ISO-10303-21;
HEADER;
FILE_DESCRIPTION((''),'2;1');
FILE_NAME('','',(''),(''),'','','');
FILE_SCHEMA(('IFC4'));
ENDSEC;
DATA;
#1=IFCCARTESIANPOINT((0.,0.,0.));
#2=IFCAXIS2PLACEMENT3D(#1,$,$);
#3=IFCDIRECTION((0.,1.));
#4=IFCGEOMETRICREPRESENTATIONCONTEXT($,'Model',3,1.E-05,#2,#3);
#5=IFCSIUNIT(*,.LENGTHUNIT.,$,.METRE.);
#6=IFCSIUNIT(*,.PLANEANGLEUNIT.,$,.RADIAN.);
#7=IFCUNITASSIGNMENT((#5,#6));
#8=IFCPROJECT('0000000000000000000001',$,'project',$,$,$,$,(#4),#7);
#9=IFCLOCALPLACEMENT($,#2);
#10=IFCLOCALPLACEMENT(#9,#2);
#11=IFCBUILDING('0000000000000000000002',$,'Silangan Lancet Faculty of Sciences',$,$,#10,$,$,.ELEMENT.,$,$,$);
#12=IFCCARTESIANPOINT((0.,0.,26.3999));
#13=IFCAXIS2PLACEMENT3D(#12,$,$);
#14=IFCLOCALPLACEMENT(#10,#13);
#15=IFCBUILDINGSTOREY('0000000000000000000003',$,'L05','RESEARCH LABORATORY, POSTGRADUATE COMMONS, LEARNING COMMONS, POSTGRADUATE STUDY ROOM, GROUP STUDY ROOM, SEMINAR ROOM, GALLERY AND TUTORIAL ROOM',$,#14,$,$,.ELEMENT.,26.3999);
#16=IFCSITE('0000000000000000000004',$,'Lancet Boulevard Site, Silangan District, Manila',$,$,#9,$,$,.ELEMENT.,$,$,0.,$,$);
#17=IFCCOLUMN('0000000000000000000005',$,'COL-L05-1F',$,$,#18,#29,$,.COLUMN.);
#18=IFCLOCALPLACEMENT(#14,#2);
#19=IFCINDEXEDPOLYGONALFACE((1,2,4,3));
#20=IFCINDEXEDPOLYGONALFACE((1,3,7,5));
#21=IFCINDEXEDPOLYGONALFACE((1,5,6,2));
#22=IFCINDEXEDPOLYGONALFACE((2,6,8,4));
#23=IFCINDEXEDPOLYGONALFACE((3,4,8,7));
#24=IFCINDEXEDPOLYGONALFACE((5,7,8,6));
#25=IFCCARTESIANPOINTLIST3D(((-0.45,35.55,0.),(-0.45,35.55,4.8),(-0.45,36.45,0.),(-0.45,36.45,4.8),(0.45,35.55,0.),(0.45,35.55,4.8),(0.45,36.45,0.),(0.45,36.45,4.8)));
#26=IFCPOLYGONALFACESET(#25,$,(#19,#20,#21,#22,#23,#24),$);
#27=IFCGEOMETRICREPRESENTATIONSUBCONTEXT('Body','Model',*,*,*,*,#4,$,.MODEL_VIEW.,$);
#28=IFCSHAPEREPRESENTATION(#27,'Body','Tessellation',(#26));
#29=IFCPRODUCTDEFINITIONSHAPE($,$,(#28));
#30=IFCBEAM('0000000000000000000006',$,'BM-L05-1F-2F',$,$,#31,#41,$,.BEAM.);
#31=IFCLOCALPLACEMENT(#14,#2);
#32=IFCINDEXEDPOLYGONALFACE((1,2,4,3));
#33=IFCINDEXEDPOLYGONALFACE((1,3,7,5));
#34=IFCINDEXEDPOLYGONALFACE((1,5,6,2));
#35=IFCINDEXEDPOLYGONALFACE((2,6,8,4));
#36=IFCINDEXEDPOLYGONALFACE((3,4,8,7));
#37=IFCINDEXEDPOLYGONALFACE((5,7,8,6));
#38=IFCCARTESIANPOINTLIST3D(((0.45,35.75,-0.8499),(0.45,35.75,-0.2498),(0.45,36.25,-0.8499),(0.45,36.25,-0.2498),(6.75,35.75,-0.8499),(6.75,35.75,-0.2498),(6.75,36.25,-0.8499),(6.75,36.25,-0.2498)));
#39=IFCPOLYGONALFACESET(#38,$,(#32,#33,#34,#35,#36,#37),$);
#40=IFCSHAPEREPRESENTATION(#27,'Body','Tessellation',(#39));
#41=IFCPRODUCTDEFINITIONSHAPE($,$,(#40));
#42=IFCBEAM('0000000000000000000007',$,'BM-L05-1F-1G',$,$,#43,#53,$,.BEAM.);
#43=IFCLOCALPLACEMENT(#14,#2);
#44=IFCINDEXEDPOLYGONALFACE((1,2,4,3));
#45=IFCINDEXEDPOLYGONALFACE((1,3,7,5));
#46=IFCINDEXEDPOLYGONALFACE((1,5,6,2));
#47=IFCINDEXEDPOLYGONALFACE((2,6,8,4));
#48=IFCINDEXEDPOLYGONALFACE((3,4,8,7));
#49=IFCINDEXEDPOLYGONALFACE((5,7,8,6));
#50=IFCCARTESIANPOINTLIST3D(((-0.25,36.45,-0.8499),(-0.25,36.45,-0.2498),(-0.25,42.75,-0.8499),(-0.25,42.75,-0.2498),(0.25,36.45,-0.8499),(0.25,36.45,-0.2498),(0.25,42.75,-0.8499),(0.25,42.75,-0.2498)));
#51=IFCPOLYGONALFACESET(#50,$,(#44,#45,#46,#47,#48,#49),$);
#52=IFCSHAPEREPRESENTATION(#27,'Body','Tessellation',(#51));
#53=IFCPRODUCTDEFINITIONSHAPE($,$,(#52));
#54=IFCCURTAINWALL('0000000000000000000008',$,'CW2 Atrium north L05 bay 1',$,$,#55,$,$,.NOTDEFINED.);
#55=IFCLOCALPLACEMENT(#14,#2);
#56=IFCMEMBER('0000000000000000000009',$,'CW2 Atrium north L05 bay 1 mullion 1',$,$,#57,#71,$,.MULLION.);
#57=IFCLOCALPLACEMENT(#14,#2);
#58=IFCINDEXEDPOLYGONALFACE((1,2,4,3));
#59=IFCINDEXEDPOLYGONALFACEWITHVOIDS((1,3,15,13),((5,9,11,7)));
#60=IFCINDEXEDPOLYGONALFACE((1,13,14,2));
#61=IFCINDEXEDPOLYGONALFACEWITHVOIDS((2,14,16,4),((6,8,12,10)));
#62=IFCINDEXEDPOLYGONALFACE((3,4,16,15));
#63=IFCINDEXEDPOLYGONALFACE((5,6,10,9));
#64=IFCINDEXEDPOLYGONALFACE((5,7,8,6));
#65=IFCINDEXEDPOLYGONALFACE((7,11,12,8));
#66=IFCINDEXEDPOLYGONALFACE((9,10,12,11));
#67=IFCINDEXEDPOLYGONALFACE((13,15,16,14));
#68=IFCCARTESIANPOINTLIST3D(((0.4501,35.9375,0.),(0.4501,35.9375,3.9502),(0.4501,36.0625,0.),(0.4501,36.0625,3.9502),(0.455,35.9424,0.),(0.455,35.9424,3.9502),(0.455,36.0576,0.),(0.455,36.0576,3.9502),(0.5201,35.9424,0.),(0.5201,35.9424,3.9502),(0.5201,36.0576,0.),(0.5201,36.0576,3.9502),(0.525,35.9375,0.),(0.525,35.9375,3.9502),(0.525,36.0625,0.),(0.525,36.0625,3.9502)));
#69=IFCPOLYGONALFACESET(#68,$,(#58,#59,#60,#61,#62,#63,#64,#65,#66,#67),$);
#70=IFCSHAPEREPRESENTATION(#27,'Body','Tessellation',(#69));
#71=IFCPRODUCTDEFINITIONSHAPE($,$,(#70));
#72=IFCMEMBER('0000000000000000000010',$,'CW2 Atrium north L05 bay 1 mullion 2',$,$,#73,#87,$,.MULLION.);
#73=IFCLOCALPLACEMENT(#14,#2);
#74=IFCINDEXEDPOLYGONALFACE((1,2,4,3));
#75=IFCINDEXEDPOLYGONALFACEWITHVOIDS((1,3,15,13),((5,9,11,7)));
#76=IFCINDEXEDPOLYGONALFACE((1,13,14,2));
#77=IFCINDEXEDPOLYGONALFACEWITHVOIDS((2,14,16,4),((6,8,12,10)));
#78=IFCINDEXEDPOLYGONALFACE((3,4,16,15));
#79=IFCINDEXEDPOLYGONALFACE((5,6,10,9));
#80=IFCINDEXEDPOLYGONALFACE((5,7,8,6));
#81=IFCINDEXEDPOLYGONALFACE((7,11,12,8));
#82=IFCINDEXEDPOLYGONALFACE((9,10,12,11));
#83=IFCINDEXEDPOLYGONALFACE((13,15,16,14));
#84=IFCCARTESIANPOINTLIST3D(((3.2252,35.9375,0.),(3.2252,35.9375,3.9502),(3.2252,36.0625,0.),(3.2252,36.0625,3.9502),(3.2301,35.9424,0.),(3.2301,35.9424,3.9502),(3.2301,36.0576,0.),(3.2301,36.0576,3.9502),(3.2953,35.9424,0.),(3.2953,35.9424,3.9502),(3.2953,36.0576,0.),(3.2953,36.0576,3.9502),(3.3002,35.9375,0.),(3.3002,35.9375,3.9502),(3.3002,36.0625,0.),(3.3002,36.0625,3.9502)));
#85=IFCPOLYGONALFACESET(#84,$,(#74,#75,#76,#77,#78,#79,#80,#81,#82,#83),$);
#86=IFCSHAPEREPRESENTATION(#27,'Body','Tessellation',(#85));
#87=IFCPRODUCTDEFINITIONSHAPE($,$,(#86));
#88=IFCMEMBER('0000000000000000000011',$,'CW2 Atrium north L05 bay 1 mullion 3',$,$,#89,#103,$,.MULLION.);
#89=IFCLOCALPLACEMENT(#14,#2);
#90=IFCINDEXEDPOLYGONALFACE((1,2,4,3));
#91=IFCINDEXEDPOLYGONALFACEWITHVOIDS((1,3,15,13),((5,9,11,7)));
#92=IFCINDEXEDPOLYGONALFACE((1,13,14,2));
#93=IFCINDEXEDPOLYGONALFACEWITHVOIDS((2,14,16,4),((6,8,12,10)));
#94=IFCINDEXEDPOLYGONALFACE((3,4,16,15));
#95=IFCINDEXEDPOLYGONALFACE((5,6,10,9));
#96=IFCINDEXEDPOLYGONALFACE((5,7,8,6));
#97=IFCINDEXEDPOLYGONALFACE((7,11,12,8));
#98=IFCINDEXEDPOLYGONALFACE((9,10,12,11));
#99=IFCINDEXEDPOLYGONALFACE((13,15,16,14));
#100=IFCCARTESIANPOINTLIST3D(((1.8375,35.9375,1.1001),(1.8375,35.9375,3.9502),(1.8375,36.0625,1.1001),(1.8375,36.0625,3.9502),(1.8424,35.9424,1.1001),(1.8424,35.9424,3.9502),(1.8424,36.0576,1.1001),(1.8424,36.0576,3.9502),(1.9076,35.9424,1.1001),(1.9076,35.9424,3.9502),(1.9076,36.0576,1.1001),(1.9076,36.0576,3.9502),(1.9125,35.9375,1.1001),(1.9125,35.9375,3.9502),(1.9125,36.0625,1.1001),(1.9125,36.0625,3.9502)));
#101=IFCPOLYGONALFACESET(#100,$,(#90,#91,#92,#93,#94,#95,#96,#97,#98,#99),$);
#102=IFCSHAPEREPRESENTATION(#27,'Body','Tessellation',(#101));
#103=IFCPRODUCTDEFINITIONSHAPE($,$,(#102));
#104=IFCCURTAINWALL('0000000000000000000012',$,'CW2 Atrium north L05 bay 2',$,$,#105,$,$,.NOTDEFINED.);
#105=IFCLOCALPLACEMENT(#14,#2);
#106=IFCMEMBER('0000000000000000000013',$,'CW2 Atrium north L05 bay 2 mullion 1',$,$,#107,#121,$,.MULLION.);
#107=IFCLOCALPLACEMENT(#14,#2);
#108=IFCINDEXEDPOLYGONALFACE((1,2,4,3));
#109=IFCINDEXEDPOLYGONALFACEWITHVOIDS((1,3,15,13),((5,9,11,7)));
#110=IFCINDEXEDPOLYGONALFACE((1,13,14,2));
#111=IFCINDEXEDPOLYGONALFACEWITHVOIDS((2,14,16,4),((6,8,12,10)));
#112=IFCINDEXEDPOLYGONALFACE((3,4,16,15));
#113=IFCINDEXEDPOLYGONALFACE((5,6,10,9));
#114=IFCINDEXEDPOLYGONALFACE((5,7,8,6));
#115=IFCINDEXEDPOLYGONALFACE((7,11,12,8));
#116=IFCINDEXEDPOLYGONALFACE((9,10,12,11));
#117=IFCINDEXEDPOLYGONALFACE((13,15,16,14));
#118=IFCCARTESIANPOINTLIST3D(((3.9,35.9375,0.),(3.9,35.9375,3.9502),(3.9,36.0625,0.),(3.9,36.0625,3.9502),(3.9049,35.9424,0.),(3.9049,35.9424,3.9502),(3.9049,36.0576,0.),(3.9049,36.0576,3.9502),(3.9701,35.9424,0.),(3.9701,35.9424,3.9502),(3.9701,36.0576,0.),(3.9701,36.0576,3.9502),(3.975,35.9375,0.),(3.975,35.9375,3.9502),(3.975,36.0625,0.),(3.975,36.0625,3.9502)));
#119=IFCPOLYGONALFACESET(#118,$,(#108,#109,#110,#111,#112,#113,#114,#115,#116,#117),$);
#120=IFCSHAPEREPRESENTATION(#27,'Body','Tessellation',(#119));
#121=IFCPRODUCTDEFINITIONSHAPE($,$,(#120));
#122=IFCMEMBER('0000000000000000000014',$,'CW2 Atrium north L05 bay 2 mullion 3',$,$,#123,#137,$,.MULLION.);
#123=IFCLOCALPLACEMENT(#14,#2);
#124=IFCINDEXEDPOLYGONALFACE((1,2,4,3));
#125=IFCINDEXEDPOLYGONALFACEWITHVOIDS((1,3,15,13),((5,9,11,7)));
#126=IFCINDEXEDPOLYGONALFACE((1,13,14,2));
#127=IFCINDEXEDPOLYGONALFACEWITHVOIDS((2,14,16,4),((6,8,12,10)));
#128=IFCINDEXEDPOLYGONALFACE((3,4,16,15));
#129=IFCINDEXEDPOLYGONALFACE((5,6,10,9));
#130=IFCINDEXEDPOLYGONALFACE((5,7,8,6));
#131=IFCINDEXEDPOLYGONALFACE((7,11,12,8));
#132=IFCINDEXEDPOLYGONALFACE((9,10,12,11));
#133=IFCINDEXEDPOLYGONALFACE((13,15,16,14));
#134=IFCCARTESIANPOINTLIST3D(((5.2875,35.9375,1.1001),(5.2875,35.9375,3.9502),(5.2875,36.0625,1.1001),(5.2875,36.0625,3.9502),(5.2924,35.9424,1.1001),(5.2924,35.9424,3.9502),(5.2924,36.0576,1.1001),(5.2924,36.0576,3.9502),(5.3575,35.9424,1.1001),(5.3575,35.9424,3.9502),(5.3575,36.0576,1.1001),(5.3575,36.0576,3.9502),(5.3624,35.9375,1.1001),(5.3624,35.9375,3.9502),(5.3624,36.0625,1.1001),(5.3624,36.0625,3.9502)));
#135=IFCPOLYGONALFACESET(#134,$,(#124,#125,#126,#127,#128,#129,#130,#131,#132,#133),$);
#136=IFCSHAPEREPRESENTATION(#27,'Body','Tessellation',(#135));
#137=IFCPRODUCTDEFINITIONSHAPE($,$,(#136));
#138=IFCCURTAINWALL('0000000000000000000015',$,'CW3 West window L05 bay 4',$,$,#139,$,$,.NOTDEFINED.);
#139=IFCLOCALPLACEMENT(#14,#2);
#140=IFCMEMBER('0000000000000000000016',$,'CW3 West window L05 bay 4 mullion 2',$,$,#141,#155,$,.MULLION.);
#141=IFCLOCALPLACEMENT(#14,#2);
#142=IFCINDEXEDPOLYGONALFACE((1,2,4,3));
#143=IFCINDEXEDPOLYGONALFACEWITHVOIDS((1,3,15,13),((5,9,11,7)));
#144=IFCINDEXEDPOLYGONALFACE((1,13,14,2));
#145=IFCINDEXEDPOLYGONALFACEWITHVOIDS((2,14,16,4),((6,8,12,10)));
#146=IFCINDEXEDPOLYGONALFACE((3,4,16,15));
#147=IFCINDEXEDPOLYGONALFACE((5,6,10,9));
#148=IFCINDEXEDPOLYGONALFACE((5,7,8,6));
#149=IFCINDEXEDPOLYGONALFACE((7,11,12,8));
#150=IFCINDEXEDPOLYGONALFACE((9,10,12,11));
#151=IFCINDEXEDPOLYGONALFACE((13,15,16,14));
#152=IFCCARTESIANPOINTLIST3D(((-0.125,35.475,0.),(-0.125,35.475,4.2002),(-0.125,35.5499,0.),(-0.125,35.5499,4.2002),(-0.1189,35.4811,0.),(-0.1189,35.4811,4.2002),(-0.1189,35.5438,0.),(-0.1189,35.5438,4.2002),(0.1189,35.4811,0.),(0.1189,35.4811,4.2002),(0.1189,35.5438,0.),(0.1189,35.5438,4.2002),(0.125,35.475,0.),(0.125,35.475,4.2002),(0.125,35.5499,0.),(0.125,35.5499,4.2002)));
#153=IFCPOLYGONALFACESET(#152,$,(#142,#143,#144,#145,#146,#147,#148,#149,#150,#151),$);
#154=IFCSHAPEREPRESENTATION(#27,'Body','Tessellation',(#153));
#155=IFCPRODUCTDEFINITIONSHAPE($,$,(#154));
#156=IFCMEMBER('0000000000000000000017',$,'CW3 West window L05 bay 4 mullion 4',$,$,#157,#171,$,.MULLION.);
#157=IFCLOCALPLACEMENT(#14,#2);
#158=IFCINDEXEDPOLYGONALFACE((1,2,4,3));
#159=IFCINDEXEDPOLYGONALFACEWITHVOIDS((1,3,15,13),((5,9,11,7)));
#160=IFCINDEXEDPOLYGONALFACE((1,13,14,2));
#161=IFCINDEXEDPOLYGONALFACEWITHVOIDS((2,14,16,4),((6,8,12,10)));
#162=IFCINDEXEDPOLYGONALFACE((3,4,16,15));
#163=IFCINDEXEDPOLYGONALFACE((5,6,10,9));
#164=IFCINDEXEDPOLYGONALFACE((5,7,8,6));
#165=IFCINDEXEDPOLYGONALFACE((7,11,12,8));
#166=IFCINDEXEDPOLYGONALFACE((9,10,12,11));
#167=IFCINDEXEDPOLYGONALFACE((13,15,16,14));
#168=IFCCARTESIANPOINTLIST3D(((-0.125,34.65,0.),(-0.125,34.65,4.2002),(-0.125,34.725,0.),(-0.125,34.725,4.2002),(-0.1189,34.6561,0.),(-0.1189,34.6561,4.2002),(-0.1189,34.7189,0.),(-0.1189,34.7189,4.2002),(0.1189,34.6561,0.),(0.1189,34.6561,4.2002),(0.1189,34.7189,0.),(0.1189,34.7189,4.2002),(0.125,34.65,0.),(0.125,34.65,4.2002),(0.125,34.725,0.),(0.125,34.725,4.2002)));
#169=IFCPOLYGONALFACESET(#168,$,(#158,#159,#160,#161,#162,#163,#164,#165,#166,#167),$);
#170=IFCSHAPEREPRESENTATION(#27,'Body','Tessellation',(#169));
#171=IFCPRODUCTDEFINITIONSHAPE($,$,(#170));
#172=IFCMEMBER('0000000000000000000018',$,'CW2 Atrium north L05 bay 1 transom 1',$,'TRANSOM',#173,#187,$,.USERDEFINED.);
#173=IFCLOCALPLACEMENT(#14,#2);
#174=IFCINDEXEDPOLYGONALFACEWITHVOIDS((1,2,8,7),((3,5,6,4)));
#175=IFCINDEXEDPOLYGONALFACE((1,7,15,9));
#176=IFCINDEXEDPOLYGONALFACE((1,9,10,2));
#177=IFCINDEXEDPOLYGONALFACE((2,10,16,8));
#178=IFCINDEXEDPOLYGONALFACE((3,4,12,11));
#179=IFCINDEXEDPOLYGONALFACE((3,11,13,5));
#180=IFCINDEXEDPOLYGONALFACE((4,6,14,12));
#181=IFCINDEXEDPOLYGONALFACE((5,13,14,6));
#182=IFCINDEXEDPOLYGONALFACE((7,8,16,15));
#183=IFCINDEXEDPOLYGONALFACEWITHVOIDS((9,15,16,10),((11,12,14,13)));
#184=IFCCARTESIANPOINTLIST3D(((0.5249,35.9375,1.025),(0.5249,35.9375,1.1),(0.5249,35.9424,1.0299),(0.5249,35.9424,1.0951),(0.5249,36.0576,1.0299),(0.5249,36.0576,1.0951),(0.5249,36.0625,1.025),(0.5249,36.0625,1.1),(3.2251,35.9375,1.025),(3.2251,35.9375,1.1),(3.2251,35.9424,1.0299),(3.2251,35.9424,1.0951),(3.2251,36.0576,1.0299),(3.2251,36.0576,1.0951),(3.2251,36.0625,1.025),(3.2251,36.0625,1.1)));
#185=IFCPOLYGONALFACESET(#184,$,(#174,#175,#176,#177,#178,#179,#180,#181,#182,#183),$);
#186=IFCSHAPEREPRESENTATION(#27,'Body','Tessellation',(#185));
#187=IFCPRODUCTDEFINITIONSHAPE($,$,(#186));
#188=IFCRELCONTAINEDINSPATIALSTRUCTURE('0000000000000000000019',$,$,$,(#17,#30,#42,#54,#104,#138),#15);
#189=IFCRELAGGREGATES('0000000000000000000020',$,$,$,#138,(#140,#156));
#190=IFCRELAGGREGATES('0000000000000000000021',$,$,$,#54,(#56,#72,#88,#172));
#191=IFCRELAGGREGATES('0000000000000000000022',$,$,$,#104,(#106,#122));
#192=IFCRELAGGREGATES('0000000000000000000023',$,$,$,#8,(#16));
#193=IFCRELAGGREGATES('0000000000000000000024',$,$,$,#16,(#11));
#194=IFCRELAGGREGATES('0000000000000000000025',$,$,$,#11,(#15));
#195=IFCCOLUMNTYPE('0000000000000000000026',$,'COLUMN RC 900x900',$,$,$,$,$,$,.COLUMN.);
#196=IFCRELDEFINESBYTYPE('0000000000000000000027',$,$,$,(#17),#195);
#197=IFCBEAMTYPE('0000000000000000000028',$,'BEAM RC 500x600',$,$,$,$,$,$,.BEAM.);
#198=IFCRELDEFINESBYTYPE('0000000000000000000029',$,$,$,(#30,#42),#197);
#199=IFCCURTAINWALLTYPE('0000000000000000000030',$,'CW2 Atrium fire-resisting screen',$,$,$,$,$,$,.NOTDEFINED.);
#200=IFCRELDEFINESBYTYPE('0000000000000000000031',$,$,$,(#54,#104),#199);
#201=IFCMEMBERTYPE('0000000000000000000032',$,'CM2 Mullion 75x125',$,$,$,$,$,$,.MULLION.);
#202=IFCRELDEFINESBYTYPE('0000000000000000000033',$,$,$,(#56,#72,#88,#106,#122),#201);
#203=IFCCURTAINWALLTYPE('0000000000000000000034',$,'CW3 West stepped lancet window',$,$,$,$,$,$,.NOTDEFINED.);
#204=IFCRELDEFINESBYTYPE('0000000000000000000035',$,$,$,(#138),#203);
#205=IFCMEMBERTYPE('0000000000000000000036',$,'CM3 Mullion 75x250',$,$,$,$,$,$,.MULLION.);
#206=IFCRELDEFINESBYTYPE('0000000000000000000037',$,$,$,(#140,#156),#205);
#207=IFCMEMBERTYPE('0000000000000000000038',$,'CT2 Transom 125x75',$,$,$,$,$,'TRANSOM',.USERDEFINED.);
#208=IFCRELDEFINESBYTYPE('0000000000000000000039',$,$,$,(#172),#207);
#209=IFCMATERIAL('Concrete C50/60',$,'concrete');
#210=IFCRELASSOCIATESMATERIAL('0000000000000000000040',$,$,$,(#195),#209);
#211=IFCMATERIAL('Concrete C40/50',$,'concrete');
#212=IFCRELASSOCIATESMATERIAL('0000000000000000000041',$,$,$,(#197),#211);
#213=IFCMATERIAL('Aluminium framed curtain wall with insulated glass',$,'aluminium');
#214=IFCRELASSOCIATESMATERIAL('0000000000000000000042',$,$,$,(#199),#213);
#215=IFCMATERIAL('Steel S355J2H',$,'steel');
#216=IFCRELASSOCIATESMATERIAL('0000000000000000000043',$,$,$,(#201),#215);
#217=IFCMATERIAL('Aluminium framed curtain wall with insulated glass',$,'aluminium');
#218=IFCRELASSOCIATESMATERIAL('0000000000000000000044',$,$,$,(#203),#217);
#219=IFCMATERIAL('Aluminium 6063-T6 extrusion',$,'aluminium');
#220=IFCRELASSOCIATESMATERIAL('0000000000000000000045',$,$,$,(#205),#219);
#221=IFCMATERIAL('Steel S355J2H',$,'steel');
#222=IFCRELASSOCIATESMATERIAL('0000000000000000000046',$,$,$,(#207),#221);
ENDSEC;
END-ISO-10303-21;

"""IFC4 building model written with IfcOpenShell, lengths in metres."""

from ifc_helpers import new_model, si_unit, direction, frame, origin, origin_2d, place, context, subcontext, project, spatial, rectangle, hollow_rectangle, extrude, material, material_profile, profile_set, type_object, element, aggregate, save


model = new_model("IFC4")

# Units and contexts
model_context = context("Model", 3, precision=1e-05, world=origin(), true_north=direction((0.0, 1.0)))
body_context = subcontext(model_context, "Body", "Model", "MODEL_VIEW")
ifc_project = project(units=[si_unit("LENGTHUNIT", "METRE"), si_unit("PLANEANGLEUNIT", "RADIAN")], contexts=[model_context])

# Site, building, storey
site_placement = place(None, origin())
site = spatial("IfcSite", under=ifc_project, at=site_placement, Name="Lancet Boulevard Site, Silangan District, Manila", CompositionType="ELEMENT", RefElevation=0.0)
building_placement = place(site_placement, origin())
building = spatial("IfcBuilding", under=site, at=building_placement, Name="Silangan Lancet Faculty of Sciences", CompositionType="ELEMENT")
storey_placement = place(building_placement, frame((0.0, 0.0, 26.3999)))
storey = spatial("IfcBuildingStorey", under=building, at=storey_placement, Name="L05", Description="RESEARCH LABORATORY, POSTGRADUATE COMMONS, LEARNING COMMONS, POSTGRADUATE STUDY ROOM, GROUP STUDY ROOM, SEMINAR ROOM, GALLERY AND TUTORIAL ROOM", CompositionType="ELEMENT", Elevation=26.3999)

# Column
ifc_material_1 = material(Name="Concrete C50/60", Category="concrete")
ifc_material_profile_1 = material_profile(ifc_material_1, rectangle(XDim=0.8999, YDim=0.8999, at=origin_2d()), Name="RC 900x900")
ifc_profile_set_1 = profile_set([ifc_material_profile_1], Name="Concrete C50/60")
column_type = type_object("IfcColumnType", Name="COLUMN RC 900x900", PredefinedType="COLUMN", material=ifc_profile_set_1)
column_placement = place(storey_placement, frame((0.0, 36.0, 0.0), z_axis=(0.0, 0.0, 1.0), x_axis=(1.0, 0.0, 0.0)))
element("IfcColumn", 1, at=column_placement, inside=storey, type_object=column_type, Name="COL-L05-1F", PredefinedType="COLUMN", context=body_context, shape_type="SweptSolid", body=[
    extrude(rectangle(XDim=0.8999, YDim=0.8999, at=origin_2d()), origin(), (0.0, 0.0, 1.0), 4.8),
])

# Beams
ifc_material_2 = material(Name="Concrete C40/50", Category="concrete")
ifc_material_profile_2 = material_profile(ifc_material_2, rectangle(XDim=0.5, YDim=0.6001, at=origin_2d()), Name="RC 500x600")
ifc_profile_set_2 = profile_set([ifc_material_profile_2], Name="Concrete C40/50")
beam_type = type_object("IfcBeamType", Name="BEAM RC 500x600", PredefinedType="BEAM", material=ifc_profile_set_2)
for number, where, z_axis, x_axis, name in (
    (2, (0.45, 36.0, -0.5498), (1.0, 0.0, 0.0), (0.0, 1.0, 0.0), "BM-L05-1F-2F"),
    (3, (0.0, 36.45, -0.5498), (0.0, 1.0, 0.0), (-1.0, 0.0, 0.0), "BM-L05-1F-1G"),
):
    element("IfcBeam", number, at=place(storey_placement, frame(where, z_axis=z_axis, x_axis=x_axis)), inside=storey, type_object=beam_type, Name=name, PredefinedType="BEAM", context=body_context, shape_type="SweptSolid", body=[
        extrude(rectangle(XDim=0.5, YDim=0.6001, at=origin_2d()), origin(), (0.0, 0.0, 1.0), 6.3),
    ])

# Curtain walls, members
ifc_material_3 = material(Name="Aluminium framed curtain wall with insulated glass", Category="aluminium")
curtain_wall_type_1 = type_object("IfcCurtainWallType", Name="CW2 Atrium fire-resisting screen", PredefinedType="NOTDEFINED", material=ifc_material_3)
curtain_wall_1_placement = place(storey_placement, origin())
curtain_wall_1 = element("IfcCurtainWall", 4, at=curtain_wall_1_placement, inside=storey, type_object=curtain_wall_type_1, Name="CW2 Atrium north L05 bay 1", PredefinedType="NOTDEFINED")
ifc_material_4 = material(Name="Steel S355J2H", Category="steel")
ifc_material_profile_3 = material_profile(ifc_material_4, hollow_rectangle(XDim=0.075, YDim=0.125, WallThickness=0.0049, at=origin_2d()), Name="ST BOX 75x125x5")
ifc_profile_set_3 = profile_set([ifc_material_profile_3], Name="Steel S355J2H")
member_type_1 = type_object("IfcMemberType", Name="CM2 Mullion 75x125", PredefinedType="MULLION", material=ifc_profile_set_3)
member_1_placement = place(storey_placement, frame((0.4875, 36.0, 0.0), z_axis=(0.0, 0.0, 1.0), x_axis=(1.0, 0.0, 0.0)))
member_1 = element("IfcMember", 5, at=member_1_placement, type_object=member_type_1, Name="CW2 Atrium north L05 bay 1 mullion 1", PredefinedType="MULLION", context=body_context, shape_type="SweptSolid", body=[
    extrude(hollow_rectangle(XDim=0.075, YDim=0.125, WallThickness=0.0049, at=origin_2d()), origin(), (0.0, 0.0, 1.0), 3.9502),
])
member_2_placement = place(storey_placement, frame((3.2627, 36.0, 0.0), z_axis=(0.0, 0.0, 1.0), x_axis=(1.0, 0.0, 0.0)))
member_2 = element("IfcMember", 6, at=member_2_placement, type_object=member_type_1, Name="CW2 Atrium north L05 bay 1 mullion 2", PredefinedType="MULLION", context=body_context, shape_type="SweptSolid", body=[
    extrude(hollow_rectangle(XDim=0.075, YDim=0.125, WallThickness=0.0049, at=origin_2d()), origin(), (0.0, 0.0, 1.0), 3.9502),
])
member_3_placement = place(storey_placement, frame((1.875, 36.0, 1.1001), z_axis=(0.0, 0.0, 1.0), x_axis=(1.0, 0.0, 0.0)))
member_3 = element("IfcMember", 7, at=member_3_placement, type_object=member_type_1, Name="CW2 Atrium north L05 bay 1 mullion 3", PredefinedType="MULLION", context=body_context, shape_type="SweptSolid", body=[
    extrude(hollow_rectangle(XDim=0.075, YDim=0.125, WallThickness=0.0049, at=origin_2d()), origin(), (0.0, 0.0, 1.0), 2.8501),
])
curtain_wall_2_placement = place(storey_placement, origin())
curtain_wall_2 = element("IfcCurtainWall", 8, at=curtain_wall_2_placement, inside=storey, type_object=curtain_wall_type_1, Name="CW2 Atrium north L05 bay 2", PredefinedType="NOTDEFINED")
member_4_placement = place(storey_placement, frame((3.9375, 36.0, 0.0), z_axis=(0.0, 0.0, 1.0), x_axis=(1.0, 0.0, 0.0)))
member_4 = element("IfcMember", 9, at=member_4_placement, type_object=member_type_1, Name="CW2 Atrium north L05 bay 2 mullion 1", PredefinedType="MULLION", context=body_context, shape_type="SweptSolid", body=[
    extrude(hollow_rectangle(XDim=0.075, YDim=0.125, WallThickness=0.0049, at=origin_2d()), origin(), (0.0, 0.0, 1.0), 3.9502),
])
member_5_placement = place(storey_placement, frame((5.325, 36.0, 1.1001), z_axis=(0.0, 0.0, 1.0), x_axis=(1.0, 0.0, 0.0)))
member_5 = element("IfcMember", 10, at=member_5_placement, type_object=member_type_1, Name="CW2 Atrium north L05 bay 2 mullion 3", PredefinedType="MULLION", context=body_context, shape_type="SweptSolid", body=[
    extrude(hollow_rectangle(XDim=0.075, YDim=0.125, WallThickness=0.0049, at=origin_2d()), origin(), (0.0, 0.0, 1.0), 2.8501),
])
ifc_material_5 = material(Name="Aluminium framed curtain wall with insulated glass", Category="aluminium")
curtain_wall_type_2 = type_object("IfcCurtainWallType", Name="CW3 West stepped lancet window", PredefinedType="NOTDEFINED", material=ifc_material_5)
curtain_wall_3_placement = place(storey_placement, origin())
curtain_wall_3 = element("IfcCurtainWall", 11, at=curtain_wall_3_placement, inside=storey, type_object=curtain_wall_type_2, Name="CW3 West window L05 bay 4", PredefinedType="NOTDEFINED")
ifc_material_6 = material(Name="Aluminium 6063-T6 extrusion", Category="aluminium")
ifc_material_profile_4 = material_profile(ifc_material_6, hollow_rectangle(XDim=0.075, YDim=0.25, WallThickness=0.0061, at=origin_2d()), Name="AL BOX 75x250x6")
ifc_profile_set_4 = profile_set([ifc_material_profile_4], Name="Aluminium 6063-T6 extrusion")
member_type_2 = type_object("IfcMemberType", Name="CM3 Mullion 75x250", PredefinedType="MULLION", material=ifc_profile_set_4)
member_6_placement = place(storey_placement, frame((0.0, 35.5125, 0.0), z_axis=(0.0, 0.0, 1.0), x_axis=(0.0, 1.0, 0.0)))
member_6 = element("IfcMember", 12, at=member_6_placement, type_object=member_type_2, Name="CW3 West window L05 bay 4 mullion 2", PredefinedType="MULLION", context=body_context, shape_type="SweptSolid", body=[
    extrude(hollow_rectangle(XDim=0.075, YDim=0.25, WallThickness=0.0061, at=origin_2d()), origin(), (0.0, 0.0, 1.0), 4.2002),
])
member_7_placement = place(storey_placement, frame((0.0, 34.6875, 0.0), z_axis=(0.0, 0.0, 1.0), x_axis=(0.0, 1.0, 0.0)))
member_7 = element("IfcMember", 13, at=member_7_placement, type_object=member_type_2, Name="CW3 West window L05 bay 4 mullion 4", PredefinedType="MULLION", context=body_context, shape_type="SweptSolid", body=[
    extrude(hollow_rectangle(XDim=0.075, YDim=0.25, WallThickness=0.0061, at=origin_2d()), origin(), (0.0, 0.0, 1.0), 4.2002),
])

# Member
ifc_material_7 = material(Name="Steel S355J2H", Category="steel")
ifc_material_profile_5 = material_profile(ifc_material_7, hollow_rectangle(XDim=0.125, YDim=0.075, WallThickness=0.0049, at=origin_2d()), Name="ST BOX 125x75x5")
ifc_profile_set_5 = profile_set([ifc_material_profile_5], Name="Steel S355J2H")
member_type_3 = type_object("IfcMemberType", Name="CT2 Transom 125x75", ElementType="TRANSOM", PredefinedType="USERDEFINED", material=ifc_profile_set_5)
member_8_placement = place(storey_placement, frame((0.5249, 36.0, 1.0625), z_axis=(1.0, 0.0, 0.0), x_axis=(0.0, 1.0, 0.0)))
member_8 = element("IfcMember", 14, at=member_8_placement, type_object=member_type_3, Name="CW2 Atrium north L05 bay 1 transom 1", ObjectType="TRANSOM", PredefinedType="USERDEFINED", context=body_context, shape_type="SweptSolid", body=[
    extrude(hollow_rectangle(XDim=0.125, YDim=0.075, WallThickness=0.0049, at=origin_2d()), origin(), (0.0, 0.0, 1.0), 2.7002),
])

aggregate(curtain_wall_3, [member_6, member_7])
aggregate(curtain_wall_1, [member_1, member_2, member_3, member_8])
aggregate(curtain_wall_2, [member_4, member_5])

save(model, "model.ifc")
